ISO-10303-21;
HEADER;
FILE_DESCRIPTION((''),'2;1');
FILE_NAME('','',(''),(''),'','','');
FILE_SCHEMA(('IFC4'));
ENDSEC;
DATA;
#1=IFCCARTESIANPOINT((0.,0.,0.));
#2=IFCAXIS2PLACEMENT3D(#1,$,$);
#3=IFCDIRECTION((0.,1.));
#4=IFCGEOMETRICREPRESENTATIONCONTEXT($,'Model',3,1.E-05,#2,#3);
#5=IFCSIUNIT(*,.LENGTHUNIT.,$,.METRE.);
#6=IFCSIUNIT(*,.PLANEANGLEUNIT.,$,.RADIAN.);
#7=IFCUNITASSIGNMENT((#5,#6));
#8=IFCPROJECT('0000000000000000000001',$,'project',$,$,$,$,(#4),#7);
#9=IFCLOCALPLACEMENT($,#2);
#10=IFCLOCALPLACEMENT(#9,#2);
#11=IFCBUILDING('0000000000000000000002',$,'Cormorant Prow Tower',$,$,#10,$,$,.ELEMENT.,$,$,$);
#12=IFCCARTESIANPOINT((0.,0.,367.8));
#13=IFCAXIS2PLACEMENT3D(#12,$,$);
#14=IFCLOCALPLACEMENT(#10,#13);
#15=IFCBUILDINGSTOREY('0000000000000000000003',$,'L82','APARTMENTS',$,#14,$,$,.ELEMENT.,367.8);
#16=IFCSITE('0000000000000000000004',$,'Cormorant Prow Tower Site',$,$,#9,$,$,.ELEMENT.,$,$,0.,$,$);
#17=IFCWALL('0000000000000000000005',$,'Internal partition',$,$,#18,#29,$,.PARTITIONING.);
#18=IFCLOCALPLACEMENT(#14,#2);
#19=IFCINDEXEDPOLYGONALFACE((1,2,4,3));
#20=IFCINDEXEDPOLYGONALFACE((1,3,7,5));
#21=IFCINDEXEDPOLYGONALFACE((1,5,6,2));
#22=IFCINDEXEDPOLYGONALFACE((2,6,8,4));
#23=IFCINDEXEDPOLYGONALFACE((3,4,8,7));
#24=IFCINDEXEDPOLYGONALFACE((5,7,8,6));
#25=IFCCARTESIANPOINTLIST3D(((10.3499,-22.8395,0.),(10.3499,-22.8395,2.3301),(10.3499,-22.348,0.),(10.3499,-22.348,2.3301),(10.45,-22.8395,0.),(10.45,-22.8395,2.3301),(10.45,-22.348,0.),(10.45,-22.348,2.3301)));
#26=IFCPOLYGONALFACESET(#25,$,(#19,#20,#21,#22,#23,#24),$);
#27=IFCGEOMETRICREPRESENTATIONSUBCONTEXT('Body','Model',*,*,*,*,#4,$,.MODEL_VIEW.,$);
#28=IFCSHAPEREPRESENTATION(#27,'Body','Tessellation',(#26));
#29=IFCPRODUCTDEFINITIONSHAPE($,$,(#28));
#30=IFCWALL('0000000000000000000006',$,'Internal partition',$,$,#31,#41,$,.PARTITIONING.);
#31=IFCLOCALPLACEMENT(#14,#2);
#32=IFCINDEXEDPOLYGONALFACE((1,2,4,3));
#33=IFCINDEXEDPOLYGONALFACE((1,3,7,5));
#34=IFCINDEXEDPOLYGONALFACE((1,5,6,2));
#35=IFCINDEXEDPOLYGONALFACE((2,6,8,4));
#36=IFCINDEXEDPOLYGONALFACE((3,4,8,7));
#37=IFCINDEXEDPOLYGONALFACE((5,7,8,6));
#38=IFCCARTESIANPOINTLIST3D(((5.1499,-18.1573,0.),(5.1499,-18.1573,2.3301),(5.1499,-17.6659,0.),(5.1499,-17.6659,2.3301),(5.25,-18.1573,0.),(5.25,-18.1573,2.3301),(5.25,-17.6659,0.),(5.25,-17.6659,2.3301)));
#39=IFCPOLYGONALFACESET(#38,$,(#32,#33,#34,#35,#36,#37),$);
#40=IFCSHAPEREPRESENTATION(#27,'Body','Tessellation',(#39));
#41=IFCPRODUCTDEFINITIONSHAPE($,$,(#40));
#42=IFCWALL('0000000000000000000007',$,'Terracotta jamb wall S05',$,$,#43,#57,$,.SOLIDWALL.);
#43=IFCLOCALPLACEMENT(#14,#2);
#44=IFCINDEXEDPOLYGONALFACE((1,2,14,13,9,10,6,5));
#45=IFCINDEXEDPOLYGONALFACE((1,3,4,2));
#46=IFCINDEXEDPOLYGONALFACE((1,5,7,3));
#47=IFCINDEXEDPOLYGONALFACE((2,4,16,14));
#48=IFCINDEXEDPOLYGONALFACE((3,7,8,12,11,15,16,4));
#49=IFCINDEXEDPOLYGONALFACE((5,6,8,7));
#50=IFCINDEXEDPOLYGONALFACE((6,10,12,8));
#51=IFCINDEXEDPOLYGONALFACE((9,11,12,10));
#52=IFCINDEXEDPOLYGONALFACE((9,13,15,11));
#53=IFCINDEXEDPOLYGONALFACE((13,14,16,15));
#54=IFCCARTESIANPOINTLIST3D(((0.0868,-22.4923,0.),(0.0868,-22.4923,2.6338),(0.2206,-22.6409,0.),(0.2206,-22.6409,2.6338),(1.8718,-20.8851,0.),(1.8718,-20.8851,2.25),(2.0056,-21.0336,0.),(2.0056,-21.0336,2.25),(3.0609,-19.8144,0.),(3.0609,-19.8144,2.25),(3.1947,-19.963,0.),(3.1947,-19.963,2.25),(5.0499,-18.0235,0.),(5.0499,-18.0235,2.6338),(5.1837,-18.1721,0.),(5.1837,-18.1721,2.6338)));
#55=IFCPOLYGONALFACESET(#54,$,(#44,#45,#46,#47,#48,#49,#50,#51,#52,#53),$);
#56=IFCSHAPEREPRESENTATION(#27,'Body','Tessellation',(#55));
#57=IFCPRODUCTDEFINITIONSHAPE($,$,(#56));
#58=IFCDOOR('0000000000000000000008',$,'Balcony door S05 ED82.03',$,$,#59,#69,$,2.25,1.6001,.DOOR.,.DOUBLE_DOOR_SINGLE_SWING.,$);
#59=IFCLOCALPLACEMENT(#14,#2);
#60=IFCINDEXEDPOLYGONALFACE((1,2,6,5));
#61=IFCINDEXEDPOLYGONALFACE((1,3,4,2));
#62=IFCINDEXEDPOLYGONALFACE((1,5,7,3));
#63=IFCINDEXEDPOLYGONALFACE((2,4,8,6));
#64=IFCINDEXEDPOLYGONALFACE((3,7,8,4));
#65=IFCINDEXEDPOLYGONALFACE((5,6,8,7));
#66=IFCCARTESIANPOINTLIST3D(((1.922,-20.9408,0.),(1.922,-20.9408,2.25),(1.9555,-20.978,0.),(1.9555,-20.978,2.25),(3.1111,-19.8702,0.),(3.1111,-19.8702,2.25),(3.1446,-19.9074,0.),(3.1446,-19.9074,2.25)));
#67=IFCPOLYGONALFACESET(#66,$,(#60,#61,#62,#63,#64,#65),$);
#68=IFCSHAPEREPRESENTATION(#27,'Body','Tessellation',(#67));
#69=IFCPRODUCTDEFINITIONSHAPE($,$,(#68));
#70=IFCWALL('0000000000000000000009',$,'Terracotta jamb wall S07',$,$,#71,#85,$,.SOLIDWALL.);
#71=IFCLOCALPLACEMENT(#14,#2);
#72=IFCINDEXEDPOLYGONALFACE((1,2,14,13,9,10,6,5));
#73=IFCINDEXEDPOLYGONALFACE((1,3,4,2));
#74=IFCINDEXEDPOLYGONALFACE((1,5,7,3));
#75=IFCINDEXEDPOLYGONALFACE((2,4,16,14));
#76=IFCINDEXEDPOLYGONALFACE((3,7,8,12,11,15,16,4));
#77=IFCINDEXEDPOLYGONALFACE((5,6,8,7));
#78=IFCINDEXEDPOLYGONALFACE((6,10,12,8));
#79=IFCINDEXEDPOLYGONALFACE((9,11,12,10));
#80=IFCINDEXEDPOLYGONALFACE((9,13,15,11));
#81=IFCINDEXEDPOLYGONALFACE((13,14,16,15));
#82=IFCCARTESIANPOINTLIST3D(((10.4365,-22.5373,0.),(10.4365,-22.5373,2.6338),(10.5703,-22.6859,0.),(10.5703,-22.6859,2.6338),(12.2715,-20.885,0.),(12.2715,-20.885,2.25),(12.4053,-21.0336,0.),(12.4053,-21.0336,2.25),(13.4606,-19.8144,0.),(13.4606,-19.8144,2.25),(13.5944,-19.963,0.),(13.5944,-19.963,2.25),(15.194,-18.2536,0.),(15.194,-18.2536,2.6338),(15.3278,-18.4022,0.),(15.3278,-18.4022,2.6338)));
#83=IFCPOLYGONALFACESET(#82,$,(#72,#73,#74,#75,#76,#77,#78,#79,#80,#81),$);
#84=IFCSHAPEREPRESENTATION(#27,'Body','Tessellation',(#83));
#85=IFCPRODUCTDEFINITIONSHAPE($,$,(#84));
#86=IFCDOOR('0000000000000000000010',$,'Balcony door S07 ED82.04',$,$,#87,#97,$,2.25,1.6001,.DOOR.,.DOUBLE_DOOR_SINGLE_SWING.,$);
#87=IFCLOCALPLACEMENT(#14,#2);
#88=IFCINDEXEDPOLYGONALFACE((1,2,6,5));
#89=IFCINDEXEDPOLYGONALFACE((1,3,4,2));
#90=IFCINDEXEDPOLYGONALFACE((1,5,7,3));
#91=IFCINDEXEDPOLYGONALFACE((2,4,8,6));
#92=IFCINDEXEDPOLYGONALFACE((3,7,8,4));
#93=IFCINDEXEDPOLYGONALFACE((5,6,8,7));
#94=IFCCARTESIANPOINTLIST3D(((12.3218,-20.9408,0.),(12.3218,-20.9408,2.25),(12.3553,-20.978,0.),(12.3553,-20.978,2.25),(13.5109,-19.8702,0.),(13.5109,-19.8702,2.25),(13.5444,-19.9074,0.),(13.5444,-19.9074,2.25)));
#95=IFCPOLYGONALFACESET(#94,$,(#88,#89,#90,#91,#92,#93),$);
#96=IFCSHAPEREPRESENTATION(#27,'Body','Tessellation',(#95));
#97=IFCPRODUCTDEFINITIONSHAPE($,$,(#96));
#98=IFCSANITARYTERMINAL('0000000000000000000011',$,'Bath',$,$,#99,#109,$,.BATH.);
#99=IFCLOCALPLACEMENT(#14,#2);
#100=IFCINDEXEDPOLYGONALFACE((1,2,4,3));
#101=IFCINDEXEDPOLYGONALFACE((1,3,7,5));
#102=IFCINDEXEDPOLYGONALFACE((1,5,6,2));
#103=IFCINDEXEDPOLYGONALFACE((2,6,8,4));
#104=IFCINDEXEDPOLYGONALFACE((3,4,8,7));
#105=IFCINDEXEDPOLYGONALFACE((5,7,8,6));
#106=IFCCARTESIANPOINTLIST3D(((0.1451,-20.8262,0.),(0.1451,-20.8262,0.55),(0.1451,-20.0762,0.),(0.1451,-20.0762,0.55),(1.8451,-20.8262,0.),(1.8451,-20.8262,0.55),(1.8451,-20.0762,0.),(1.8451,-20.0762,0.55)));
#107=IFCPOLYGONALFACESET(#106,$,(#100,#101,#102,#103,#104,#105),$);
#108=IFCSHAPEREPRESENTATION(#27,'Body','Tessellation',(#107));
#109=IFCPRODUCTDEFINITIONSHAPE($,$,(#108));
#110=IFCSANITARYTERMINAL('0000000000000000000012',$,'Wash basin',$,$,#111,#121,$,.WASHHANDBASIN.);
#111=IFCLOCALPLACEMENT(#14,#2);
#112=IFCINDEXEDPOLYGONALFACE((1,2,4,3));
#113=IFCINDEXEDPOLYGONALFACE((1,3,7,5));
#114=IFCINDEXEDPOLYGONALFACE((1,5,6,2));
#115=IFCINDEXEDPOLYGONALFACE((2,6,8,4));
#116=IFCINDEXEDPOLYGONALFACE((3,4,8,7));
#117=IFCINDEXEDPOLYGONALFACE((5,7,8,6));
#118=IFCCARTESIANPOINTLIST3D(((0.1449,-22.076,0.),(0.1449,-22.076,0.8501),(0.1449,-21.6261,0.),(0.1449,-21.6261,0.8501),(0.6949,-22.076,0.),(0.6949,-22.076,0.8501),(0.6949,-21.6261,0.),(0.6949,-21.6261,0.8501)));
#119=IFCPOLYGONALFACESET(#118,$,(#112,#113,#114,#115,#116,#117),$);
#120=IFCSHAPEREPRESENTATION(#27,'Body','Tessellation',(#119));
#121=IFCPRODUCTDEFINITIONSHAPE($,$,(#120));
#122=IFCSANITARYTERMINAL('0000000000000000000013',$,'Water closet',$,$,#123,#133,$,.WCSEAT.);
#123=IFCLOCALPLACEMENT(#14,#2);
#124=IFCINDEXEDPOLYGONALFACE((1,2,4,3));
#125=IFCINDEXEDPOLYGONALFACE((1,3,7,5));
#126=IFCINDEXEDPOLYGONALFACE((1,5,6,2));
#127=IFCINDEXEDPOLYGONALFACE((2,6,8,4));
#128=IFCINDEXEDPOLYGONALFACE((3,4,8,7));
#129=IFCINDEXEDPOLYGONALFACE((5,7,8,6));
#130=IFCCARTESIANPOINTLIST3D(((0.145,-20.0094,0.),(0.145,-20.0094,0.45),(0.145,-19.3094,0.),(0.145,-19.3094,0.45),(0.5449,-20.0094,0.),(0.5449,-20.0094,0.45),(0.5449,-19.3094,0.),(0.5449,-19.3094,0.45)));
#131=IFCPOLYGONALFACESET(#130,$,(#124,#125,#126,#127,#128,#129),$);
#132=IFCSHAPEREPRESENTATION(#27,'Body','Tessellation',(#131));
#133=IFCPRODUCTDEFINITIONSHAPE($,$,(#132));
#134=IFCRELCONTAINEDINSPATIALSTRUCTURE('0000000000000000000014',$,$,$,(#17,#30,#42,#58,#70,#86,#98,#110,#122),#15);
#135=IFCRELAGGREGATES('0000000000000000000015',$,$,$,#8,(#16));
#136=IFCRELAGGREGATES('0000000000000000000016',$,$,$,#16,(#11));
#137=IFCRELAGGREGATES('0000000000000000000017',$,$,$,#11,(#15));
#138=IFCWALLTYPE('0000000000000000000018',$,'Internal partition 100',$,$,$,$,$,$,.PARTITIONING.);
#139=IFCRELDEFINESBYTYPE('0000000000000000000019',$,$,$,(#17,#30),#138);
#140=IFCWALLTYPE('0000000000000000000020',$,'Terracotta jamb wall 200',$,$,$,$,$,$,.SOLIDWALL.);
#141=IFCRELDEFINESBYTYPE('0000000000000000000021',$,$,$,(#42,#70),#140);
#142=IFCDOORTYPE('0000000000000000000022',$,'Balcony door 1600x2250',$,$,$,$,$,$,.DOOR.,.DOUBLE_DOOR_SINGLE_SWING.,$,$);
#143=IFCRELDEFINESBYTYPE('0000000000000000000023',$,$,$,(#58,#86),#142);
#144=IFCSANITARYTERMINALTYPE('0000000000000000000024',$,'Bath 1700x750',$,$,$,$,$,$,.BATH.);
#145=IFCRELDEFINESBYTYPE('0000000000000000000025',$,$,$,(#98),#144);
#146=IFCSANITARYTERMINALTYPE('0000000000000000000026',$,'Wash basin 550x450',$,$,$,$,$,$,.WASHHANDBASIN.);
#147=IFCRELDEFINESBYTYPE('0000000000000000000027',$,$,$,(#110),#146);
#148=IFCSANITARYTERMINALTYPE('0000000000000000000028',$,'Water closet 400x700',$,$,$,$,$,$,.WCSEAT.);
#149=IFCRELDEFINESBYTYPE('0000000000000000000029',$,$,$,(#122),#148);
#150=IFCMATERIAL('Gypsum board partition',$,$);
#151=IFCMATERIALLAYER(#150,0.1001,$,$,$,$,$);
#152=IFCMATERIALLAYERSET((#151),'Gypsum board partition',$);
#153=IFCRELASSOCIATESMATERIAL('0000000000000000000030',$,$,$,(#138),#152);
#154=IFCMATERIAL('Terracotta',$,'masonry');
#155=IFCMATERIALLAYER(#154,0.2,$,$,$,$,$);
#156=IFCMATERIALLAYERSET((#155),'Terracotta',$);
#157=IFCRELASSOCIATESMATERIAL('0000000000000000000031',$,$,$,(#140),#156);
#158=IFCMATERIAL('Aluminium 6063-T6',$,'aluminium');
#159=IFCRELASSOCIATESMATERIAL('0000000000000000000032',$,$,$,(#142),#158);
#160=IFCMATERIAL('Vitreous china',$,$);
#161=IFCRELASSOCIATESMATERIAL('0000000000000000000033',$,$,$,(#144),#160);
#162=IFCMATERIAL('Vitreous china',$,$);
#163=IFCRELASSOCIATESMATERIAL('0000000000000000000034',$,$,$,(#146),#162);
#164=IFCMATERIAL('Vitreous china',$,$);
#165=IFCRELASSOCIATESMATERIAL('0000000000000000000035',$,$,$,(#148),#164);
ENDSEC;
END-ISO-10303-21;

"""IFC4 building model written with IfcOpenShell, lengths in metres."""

from ifc_helpers import new_model, si_unit, direction, frame, frame_2d, origin, origin_2d, place, context, subcontext, project, spatial, rectangle, extrude, material, layer, layer_set, type_object, element, fill, save


model = new_model("IFC4")

# Units and contexts
model_context = context("Model", 3, precision=1e-05, world=origin(), true_north=direction((0.0, 1.0)))
body_context = subcontext(model_context, "Body", "Model", "MODEL_VIEW")
ifc_project = project(units=[si_unit("LENGTHUNIT", "METRE"), si_unit("PLANEANGLEUNIT", "RADIAN")], contexts=[model_context])

# Site, building, storey
site_placement = place(None, origin())
site = spatial("IfcSite", under=ifc_project, at=site_placement, Name="Cormorant Prow Tower Site", CompositionType="ELEMENT", RefElevation=0.0)
building_placement = place(site_placement, origin())
building = spatial("IfcBuilding", under=site, at=building_placement, Name="Cormorant Prow Tower", CompositionType="ELEMENT")
storey_placement = place(building_placement, frame((0.0, 0.0, 367.8)))
storey = spatial("IfcBuildingStorey", under=building, at=storey_placement, Name="L82", Description="APARTMENTS", CompositionType="ELEMENT", Elevation=367.8)

# Shared definitions
ifc_material_1 = material(Name="Gypsum board partition")
ifc_layer_1 = layer(ifc_material_1, 0.1001)
ifc_layer_set_1 = layer_set([ifc_layer_1], Name="Gypsum board partition")
wall_type_1 = type_object("IfcWallType", Name="Internal partition 100", PredefinedType="PARTITIONING", material=ifc_layer_set_1)

# Walls
for number, where, z_axis, x_axis, name in (
    (1, (10.3999, -22.8394, 0.0), (0.0, 0.0, 1.0), (0.0, 1.0, 0.0), "Internal partition"),
    (2, (5.2, -18.1572, 0.0), (0.0, 0.0, 1.0), (0.0, 1.0, 0.0), "Internal partition"),
):
    element("IfcWall", number, at=place(storey_placement, frame(where, z_axis=z_axis, x_axis=x_axis)), inside=storey, type_object=wall_type_1, Name=name, PredefinedType="PARTITIONING", context=body_context, shape_type="SweptSolid", body=[
        extrude(rectangle(XDim=0.4915, YDim=0.1001, at=frame_2d((0.2456, 0.0))), origin(), (0.0, 0.0, 1.0), 2.3301),
    ])

# Walls, openings, doors
ifc_material_2 = material(Name="Terracotta", Category="masonry")
ifc_layer_2 = layer(ifc_material_2, 0.2)
ifc_layer_set_2 = layer_set([ifc_layer_2], Name="Terracotta")
wall_type_2 = type_object("IfcWallType", Name="Terracotta jamb wall 200", PredefinedType="SOLIDWALL", material=ifc_layer_set_2)
wall_1_placement = place(storey_placement, frame((0.1536, -22.5667, 0.0), z_axis=(0.0, 0.0, 1.0), x_axis=(0.743151, 0.669124, 0.0)))
wall_1 = element("IfcWall", 3, at=wall_1_placement, inside=storey, type_object=wall_type_2, Name="Terracotta jamb wall S05", PredefinedType="SOLIDWALL", context=body_context, shape_type="SweptSolid", body=[
    extrude(rectangle(XDim=6.6785, YDim=0.2, at=frame_2d((3.3394, 0.0))), origin(), (0.0, 0.0, 1.0), 2.6338),
])
opening_1_placement = place(wall_1_placement, frame((2.4021, 0.0, 0.0)))
opening_1 = element("IfcOpeningElement", 4, at=opening_1_placement, cuts=wall_1, PredefinedType="OPENING", context=body_context, shape_type="SweptSolid", body=[
    extrude(rectangle(XDim=1.6001, YDim=2.25, at=frame_2d((0.8, 1.125))), frame((0.0, 0.1099, 0.0), z_axis=(0.0, -1.0, 0.0), x_axis=(1.0, 0.0, 0.0)), (0.0, 0.0, 1.0), 0.22),
])
ifc_material_3 = material(Name="Aluminium 6063-T6", Category="aluminium")
door_type_1 = type_object("IfcDoorType", Name="Balcony door 1600x2250", OperationType="DOUBLE_DOOR_SINGLE_SWING", PredefinedType="DOOR", material=ifc_material_3)
door_1_placement = place(opening_1_placement, origin())
door_1 = element("IfcDoor", 5, at=door_1_placement, inside=storey, type_object=door_type_1, Name="Balcony door S05 ED82.03", OperationType="DOUBLE_DOOR_SINGLE_SWING", OverallHeight=2.25, OverallWidth=1.6001, PredefinedType="DOOR", context=body_context, shape_type="SweptSolid", body=[
    extrude(rectangle(XDim=1.6001, YDim=2.25, at=frame_2d((0.8, 1.125))), frame((0.0, 0.0249, 0.0), z_axis=(0.0, -1.0, 0.0), x_axis=(1.0, 0.0, 0.0)), (0.0, 0.0, 1.0), 0.05),
])
fill(opening_1, door_1)
wall_2_placement = place(storey_placement, frame((10.5034, -22.6116, 0.0), z_axis=(0.0, 0.0, 1.0), x_axis=(0.743148, 0.669127, 0.0)))
wall_2 = element("IfcWall", 6, at=wall_2_placement, inside=storey, type_object=wall_type_2, Name="Terracotta jamb wall S07", PredefinedType="SOLIDWALL", context=body_context, shape_type="SweptSolid", body=[
    extrude(rectangle(XDim=6.4019, YDim=0.2, at=frame_2d((3.2009, 0.0))), origin(), (0.0, 0.0, 1.0), 2.6338),
])
opening_2_placement = place(wall_2_placement, frame((2.4692, 0.0, 0.0)))
opening_2 = element("IfcOpeningElement", 7, at=opening_2_placement, cuts=wall_2, PredefinedType="OPENING", context=body_context, shape_type="SweptSolid", body=[
    extrude(rectangle(XDim=1.6001, YDim=2.25, at=frame_2d((0.8, 1.125))), frame((0.0, 0.1099, 0.0), z_axis=(0.0, -1.0, 0.0), x_axis=(1.0, 0.0, 0.0)), (0.0, 0.0, 1.0), 0.22),
])
door_2_placement = place(opening_2_placement, origin())
door_2 = element("IfcDoor", 8, at=door_2_placement, inside=storey, type_object=door_type_1, Name="Balcony door S07 ED82.04", OperationType="DOUBLE_DOOR_SINGLE_SWING", OverallHeight=2.25, OverallWidth=1.6001, PredefinedType="DOOR", context=body_context, shape_type="SweptSolid", body=[
    extrude(rectangle(XDim=1.6001, YDim=2.25, at=frame_2d((0.8, 1.125))), frame((0.0, 0.0249, 0.0), z_axis=(0.0, -1.0, 0.0), x_axis=(1.0, 0.0, 0.0)), (0.0, 0.0, 1.0), 0.05),
])
fill(opening_2, door_2)

# Sanitary terminals
ifc_material_4 = material(Name="Vitreous china")
sanitary_terminal_type_1 = type_object("IfcSanitaryTerminalType", Name="Bath 1700x750", PredefinedType="BATH", material=ifc_material_4)
sanitary_terminal_1_placement = place(storey_placement, frame((0.9951, -20.4512, 0.0), z_axis=(0.0, 0.0, 1.0), x_axis=(1.0, 0.0, 0.0)))
element("IfcSanitaryTerminal", 9, at=sanitary_terminal_1_placement, inside=storey, type_object=sanitary_terminal_type_1, Name="Bath", PredefinedType="BATH", context=body_context, shape_type="SweptSolid", body=[
    extrude(rectangle(XDim=1.7, YDim=0.75, at=origin_2d()), origin(), (0.0, 0.0, 1.0), 0.55),
])
ifc_material_5 = material(Name="Vitreous china")
sanitary_terminal_type_2 = type_object("IfcSanitaryTerminalType", Name="Wash basin 550x450", PredefinedType="WASHHANDBASIN", material=ifc_material_5)
sanitary_terminal_2_placement = place(storey_placement, frame((0.4199, -21.8511, 0.0), z_axis=(0.0, 0.0, 1.0), x_axis=(1.0, 0.0, 0.0)))
element("IfcSanitaryTerminal", 10, at=sanitary_terminal_2_placement, inside=storey, type_object=sanitary_terminal_type_2, Name="Wash basin", PredefinedType="WASHHANDBASIN", context=body_context, shape_type="SweptSolid", body=[
    extrude(rectangle(XDim=0.55, YDim=0.45, at=origin_2d()), origin(), (0.0, 0.0, 1.0), 0.8501),
])
ifc_material_6 = material(Name="Vitreous china")
sanitary_terminal_type_3 = type_object("IfcSanitaryTerminalType", Name="Water closet 400x700", PredefinedType="WCSEAT", material=ifc_material_6)
sanitary_terminal_3_placement = place(storey_placement, frame((0.345, -19.6594, 0.0), z_axis=(0.0, 0.0, 1.0), x_axis=(1.0, 0.0, 0.0)))
element("IfcSanitaryTerminal", 11, at=sanitary_terminal_3_placement, inside=storey, type_object=sanitary_terminal_type_3, Name="Water closet", PredefinedType="WCSEAT", context=body_context, shape_type="SweptSolid", body=[
    extrude(rectangle(XDim=0.3999, YDim=0.7, at=origin_2d()), origin(), (0.0, 0.0, 1.0), 0.45),
])

save(model, "model.ifc")
